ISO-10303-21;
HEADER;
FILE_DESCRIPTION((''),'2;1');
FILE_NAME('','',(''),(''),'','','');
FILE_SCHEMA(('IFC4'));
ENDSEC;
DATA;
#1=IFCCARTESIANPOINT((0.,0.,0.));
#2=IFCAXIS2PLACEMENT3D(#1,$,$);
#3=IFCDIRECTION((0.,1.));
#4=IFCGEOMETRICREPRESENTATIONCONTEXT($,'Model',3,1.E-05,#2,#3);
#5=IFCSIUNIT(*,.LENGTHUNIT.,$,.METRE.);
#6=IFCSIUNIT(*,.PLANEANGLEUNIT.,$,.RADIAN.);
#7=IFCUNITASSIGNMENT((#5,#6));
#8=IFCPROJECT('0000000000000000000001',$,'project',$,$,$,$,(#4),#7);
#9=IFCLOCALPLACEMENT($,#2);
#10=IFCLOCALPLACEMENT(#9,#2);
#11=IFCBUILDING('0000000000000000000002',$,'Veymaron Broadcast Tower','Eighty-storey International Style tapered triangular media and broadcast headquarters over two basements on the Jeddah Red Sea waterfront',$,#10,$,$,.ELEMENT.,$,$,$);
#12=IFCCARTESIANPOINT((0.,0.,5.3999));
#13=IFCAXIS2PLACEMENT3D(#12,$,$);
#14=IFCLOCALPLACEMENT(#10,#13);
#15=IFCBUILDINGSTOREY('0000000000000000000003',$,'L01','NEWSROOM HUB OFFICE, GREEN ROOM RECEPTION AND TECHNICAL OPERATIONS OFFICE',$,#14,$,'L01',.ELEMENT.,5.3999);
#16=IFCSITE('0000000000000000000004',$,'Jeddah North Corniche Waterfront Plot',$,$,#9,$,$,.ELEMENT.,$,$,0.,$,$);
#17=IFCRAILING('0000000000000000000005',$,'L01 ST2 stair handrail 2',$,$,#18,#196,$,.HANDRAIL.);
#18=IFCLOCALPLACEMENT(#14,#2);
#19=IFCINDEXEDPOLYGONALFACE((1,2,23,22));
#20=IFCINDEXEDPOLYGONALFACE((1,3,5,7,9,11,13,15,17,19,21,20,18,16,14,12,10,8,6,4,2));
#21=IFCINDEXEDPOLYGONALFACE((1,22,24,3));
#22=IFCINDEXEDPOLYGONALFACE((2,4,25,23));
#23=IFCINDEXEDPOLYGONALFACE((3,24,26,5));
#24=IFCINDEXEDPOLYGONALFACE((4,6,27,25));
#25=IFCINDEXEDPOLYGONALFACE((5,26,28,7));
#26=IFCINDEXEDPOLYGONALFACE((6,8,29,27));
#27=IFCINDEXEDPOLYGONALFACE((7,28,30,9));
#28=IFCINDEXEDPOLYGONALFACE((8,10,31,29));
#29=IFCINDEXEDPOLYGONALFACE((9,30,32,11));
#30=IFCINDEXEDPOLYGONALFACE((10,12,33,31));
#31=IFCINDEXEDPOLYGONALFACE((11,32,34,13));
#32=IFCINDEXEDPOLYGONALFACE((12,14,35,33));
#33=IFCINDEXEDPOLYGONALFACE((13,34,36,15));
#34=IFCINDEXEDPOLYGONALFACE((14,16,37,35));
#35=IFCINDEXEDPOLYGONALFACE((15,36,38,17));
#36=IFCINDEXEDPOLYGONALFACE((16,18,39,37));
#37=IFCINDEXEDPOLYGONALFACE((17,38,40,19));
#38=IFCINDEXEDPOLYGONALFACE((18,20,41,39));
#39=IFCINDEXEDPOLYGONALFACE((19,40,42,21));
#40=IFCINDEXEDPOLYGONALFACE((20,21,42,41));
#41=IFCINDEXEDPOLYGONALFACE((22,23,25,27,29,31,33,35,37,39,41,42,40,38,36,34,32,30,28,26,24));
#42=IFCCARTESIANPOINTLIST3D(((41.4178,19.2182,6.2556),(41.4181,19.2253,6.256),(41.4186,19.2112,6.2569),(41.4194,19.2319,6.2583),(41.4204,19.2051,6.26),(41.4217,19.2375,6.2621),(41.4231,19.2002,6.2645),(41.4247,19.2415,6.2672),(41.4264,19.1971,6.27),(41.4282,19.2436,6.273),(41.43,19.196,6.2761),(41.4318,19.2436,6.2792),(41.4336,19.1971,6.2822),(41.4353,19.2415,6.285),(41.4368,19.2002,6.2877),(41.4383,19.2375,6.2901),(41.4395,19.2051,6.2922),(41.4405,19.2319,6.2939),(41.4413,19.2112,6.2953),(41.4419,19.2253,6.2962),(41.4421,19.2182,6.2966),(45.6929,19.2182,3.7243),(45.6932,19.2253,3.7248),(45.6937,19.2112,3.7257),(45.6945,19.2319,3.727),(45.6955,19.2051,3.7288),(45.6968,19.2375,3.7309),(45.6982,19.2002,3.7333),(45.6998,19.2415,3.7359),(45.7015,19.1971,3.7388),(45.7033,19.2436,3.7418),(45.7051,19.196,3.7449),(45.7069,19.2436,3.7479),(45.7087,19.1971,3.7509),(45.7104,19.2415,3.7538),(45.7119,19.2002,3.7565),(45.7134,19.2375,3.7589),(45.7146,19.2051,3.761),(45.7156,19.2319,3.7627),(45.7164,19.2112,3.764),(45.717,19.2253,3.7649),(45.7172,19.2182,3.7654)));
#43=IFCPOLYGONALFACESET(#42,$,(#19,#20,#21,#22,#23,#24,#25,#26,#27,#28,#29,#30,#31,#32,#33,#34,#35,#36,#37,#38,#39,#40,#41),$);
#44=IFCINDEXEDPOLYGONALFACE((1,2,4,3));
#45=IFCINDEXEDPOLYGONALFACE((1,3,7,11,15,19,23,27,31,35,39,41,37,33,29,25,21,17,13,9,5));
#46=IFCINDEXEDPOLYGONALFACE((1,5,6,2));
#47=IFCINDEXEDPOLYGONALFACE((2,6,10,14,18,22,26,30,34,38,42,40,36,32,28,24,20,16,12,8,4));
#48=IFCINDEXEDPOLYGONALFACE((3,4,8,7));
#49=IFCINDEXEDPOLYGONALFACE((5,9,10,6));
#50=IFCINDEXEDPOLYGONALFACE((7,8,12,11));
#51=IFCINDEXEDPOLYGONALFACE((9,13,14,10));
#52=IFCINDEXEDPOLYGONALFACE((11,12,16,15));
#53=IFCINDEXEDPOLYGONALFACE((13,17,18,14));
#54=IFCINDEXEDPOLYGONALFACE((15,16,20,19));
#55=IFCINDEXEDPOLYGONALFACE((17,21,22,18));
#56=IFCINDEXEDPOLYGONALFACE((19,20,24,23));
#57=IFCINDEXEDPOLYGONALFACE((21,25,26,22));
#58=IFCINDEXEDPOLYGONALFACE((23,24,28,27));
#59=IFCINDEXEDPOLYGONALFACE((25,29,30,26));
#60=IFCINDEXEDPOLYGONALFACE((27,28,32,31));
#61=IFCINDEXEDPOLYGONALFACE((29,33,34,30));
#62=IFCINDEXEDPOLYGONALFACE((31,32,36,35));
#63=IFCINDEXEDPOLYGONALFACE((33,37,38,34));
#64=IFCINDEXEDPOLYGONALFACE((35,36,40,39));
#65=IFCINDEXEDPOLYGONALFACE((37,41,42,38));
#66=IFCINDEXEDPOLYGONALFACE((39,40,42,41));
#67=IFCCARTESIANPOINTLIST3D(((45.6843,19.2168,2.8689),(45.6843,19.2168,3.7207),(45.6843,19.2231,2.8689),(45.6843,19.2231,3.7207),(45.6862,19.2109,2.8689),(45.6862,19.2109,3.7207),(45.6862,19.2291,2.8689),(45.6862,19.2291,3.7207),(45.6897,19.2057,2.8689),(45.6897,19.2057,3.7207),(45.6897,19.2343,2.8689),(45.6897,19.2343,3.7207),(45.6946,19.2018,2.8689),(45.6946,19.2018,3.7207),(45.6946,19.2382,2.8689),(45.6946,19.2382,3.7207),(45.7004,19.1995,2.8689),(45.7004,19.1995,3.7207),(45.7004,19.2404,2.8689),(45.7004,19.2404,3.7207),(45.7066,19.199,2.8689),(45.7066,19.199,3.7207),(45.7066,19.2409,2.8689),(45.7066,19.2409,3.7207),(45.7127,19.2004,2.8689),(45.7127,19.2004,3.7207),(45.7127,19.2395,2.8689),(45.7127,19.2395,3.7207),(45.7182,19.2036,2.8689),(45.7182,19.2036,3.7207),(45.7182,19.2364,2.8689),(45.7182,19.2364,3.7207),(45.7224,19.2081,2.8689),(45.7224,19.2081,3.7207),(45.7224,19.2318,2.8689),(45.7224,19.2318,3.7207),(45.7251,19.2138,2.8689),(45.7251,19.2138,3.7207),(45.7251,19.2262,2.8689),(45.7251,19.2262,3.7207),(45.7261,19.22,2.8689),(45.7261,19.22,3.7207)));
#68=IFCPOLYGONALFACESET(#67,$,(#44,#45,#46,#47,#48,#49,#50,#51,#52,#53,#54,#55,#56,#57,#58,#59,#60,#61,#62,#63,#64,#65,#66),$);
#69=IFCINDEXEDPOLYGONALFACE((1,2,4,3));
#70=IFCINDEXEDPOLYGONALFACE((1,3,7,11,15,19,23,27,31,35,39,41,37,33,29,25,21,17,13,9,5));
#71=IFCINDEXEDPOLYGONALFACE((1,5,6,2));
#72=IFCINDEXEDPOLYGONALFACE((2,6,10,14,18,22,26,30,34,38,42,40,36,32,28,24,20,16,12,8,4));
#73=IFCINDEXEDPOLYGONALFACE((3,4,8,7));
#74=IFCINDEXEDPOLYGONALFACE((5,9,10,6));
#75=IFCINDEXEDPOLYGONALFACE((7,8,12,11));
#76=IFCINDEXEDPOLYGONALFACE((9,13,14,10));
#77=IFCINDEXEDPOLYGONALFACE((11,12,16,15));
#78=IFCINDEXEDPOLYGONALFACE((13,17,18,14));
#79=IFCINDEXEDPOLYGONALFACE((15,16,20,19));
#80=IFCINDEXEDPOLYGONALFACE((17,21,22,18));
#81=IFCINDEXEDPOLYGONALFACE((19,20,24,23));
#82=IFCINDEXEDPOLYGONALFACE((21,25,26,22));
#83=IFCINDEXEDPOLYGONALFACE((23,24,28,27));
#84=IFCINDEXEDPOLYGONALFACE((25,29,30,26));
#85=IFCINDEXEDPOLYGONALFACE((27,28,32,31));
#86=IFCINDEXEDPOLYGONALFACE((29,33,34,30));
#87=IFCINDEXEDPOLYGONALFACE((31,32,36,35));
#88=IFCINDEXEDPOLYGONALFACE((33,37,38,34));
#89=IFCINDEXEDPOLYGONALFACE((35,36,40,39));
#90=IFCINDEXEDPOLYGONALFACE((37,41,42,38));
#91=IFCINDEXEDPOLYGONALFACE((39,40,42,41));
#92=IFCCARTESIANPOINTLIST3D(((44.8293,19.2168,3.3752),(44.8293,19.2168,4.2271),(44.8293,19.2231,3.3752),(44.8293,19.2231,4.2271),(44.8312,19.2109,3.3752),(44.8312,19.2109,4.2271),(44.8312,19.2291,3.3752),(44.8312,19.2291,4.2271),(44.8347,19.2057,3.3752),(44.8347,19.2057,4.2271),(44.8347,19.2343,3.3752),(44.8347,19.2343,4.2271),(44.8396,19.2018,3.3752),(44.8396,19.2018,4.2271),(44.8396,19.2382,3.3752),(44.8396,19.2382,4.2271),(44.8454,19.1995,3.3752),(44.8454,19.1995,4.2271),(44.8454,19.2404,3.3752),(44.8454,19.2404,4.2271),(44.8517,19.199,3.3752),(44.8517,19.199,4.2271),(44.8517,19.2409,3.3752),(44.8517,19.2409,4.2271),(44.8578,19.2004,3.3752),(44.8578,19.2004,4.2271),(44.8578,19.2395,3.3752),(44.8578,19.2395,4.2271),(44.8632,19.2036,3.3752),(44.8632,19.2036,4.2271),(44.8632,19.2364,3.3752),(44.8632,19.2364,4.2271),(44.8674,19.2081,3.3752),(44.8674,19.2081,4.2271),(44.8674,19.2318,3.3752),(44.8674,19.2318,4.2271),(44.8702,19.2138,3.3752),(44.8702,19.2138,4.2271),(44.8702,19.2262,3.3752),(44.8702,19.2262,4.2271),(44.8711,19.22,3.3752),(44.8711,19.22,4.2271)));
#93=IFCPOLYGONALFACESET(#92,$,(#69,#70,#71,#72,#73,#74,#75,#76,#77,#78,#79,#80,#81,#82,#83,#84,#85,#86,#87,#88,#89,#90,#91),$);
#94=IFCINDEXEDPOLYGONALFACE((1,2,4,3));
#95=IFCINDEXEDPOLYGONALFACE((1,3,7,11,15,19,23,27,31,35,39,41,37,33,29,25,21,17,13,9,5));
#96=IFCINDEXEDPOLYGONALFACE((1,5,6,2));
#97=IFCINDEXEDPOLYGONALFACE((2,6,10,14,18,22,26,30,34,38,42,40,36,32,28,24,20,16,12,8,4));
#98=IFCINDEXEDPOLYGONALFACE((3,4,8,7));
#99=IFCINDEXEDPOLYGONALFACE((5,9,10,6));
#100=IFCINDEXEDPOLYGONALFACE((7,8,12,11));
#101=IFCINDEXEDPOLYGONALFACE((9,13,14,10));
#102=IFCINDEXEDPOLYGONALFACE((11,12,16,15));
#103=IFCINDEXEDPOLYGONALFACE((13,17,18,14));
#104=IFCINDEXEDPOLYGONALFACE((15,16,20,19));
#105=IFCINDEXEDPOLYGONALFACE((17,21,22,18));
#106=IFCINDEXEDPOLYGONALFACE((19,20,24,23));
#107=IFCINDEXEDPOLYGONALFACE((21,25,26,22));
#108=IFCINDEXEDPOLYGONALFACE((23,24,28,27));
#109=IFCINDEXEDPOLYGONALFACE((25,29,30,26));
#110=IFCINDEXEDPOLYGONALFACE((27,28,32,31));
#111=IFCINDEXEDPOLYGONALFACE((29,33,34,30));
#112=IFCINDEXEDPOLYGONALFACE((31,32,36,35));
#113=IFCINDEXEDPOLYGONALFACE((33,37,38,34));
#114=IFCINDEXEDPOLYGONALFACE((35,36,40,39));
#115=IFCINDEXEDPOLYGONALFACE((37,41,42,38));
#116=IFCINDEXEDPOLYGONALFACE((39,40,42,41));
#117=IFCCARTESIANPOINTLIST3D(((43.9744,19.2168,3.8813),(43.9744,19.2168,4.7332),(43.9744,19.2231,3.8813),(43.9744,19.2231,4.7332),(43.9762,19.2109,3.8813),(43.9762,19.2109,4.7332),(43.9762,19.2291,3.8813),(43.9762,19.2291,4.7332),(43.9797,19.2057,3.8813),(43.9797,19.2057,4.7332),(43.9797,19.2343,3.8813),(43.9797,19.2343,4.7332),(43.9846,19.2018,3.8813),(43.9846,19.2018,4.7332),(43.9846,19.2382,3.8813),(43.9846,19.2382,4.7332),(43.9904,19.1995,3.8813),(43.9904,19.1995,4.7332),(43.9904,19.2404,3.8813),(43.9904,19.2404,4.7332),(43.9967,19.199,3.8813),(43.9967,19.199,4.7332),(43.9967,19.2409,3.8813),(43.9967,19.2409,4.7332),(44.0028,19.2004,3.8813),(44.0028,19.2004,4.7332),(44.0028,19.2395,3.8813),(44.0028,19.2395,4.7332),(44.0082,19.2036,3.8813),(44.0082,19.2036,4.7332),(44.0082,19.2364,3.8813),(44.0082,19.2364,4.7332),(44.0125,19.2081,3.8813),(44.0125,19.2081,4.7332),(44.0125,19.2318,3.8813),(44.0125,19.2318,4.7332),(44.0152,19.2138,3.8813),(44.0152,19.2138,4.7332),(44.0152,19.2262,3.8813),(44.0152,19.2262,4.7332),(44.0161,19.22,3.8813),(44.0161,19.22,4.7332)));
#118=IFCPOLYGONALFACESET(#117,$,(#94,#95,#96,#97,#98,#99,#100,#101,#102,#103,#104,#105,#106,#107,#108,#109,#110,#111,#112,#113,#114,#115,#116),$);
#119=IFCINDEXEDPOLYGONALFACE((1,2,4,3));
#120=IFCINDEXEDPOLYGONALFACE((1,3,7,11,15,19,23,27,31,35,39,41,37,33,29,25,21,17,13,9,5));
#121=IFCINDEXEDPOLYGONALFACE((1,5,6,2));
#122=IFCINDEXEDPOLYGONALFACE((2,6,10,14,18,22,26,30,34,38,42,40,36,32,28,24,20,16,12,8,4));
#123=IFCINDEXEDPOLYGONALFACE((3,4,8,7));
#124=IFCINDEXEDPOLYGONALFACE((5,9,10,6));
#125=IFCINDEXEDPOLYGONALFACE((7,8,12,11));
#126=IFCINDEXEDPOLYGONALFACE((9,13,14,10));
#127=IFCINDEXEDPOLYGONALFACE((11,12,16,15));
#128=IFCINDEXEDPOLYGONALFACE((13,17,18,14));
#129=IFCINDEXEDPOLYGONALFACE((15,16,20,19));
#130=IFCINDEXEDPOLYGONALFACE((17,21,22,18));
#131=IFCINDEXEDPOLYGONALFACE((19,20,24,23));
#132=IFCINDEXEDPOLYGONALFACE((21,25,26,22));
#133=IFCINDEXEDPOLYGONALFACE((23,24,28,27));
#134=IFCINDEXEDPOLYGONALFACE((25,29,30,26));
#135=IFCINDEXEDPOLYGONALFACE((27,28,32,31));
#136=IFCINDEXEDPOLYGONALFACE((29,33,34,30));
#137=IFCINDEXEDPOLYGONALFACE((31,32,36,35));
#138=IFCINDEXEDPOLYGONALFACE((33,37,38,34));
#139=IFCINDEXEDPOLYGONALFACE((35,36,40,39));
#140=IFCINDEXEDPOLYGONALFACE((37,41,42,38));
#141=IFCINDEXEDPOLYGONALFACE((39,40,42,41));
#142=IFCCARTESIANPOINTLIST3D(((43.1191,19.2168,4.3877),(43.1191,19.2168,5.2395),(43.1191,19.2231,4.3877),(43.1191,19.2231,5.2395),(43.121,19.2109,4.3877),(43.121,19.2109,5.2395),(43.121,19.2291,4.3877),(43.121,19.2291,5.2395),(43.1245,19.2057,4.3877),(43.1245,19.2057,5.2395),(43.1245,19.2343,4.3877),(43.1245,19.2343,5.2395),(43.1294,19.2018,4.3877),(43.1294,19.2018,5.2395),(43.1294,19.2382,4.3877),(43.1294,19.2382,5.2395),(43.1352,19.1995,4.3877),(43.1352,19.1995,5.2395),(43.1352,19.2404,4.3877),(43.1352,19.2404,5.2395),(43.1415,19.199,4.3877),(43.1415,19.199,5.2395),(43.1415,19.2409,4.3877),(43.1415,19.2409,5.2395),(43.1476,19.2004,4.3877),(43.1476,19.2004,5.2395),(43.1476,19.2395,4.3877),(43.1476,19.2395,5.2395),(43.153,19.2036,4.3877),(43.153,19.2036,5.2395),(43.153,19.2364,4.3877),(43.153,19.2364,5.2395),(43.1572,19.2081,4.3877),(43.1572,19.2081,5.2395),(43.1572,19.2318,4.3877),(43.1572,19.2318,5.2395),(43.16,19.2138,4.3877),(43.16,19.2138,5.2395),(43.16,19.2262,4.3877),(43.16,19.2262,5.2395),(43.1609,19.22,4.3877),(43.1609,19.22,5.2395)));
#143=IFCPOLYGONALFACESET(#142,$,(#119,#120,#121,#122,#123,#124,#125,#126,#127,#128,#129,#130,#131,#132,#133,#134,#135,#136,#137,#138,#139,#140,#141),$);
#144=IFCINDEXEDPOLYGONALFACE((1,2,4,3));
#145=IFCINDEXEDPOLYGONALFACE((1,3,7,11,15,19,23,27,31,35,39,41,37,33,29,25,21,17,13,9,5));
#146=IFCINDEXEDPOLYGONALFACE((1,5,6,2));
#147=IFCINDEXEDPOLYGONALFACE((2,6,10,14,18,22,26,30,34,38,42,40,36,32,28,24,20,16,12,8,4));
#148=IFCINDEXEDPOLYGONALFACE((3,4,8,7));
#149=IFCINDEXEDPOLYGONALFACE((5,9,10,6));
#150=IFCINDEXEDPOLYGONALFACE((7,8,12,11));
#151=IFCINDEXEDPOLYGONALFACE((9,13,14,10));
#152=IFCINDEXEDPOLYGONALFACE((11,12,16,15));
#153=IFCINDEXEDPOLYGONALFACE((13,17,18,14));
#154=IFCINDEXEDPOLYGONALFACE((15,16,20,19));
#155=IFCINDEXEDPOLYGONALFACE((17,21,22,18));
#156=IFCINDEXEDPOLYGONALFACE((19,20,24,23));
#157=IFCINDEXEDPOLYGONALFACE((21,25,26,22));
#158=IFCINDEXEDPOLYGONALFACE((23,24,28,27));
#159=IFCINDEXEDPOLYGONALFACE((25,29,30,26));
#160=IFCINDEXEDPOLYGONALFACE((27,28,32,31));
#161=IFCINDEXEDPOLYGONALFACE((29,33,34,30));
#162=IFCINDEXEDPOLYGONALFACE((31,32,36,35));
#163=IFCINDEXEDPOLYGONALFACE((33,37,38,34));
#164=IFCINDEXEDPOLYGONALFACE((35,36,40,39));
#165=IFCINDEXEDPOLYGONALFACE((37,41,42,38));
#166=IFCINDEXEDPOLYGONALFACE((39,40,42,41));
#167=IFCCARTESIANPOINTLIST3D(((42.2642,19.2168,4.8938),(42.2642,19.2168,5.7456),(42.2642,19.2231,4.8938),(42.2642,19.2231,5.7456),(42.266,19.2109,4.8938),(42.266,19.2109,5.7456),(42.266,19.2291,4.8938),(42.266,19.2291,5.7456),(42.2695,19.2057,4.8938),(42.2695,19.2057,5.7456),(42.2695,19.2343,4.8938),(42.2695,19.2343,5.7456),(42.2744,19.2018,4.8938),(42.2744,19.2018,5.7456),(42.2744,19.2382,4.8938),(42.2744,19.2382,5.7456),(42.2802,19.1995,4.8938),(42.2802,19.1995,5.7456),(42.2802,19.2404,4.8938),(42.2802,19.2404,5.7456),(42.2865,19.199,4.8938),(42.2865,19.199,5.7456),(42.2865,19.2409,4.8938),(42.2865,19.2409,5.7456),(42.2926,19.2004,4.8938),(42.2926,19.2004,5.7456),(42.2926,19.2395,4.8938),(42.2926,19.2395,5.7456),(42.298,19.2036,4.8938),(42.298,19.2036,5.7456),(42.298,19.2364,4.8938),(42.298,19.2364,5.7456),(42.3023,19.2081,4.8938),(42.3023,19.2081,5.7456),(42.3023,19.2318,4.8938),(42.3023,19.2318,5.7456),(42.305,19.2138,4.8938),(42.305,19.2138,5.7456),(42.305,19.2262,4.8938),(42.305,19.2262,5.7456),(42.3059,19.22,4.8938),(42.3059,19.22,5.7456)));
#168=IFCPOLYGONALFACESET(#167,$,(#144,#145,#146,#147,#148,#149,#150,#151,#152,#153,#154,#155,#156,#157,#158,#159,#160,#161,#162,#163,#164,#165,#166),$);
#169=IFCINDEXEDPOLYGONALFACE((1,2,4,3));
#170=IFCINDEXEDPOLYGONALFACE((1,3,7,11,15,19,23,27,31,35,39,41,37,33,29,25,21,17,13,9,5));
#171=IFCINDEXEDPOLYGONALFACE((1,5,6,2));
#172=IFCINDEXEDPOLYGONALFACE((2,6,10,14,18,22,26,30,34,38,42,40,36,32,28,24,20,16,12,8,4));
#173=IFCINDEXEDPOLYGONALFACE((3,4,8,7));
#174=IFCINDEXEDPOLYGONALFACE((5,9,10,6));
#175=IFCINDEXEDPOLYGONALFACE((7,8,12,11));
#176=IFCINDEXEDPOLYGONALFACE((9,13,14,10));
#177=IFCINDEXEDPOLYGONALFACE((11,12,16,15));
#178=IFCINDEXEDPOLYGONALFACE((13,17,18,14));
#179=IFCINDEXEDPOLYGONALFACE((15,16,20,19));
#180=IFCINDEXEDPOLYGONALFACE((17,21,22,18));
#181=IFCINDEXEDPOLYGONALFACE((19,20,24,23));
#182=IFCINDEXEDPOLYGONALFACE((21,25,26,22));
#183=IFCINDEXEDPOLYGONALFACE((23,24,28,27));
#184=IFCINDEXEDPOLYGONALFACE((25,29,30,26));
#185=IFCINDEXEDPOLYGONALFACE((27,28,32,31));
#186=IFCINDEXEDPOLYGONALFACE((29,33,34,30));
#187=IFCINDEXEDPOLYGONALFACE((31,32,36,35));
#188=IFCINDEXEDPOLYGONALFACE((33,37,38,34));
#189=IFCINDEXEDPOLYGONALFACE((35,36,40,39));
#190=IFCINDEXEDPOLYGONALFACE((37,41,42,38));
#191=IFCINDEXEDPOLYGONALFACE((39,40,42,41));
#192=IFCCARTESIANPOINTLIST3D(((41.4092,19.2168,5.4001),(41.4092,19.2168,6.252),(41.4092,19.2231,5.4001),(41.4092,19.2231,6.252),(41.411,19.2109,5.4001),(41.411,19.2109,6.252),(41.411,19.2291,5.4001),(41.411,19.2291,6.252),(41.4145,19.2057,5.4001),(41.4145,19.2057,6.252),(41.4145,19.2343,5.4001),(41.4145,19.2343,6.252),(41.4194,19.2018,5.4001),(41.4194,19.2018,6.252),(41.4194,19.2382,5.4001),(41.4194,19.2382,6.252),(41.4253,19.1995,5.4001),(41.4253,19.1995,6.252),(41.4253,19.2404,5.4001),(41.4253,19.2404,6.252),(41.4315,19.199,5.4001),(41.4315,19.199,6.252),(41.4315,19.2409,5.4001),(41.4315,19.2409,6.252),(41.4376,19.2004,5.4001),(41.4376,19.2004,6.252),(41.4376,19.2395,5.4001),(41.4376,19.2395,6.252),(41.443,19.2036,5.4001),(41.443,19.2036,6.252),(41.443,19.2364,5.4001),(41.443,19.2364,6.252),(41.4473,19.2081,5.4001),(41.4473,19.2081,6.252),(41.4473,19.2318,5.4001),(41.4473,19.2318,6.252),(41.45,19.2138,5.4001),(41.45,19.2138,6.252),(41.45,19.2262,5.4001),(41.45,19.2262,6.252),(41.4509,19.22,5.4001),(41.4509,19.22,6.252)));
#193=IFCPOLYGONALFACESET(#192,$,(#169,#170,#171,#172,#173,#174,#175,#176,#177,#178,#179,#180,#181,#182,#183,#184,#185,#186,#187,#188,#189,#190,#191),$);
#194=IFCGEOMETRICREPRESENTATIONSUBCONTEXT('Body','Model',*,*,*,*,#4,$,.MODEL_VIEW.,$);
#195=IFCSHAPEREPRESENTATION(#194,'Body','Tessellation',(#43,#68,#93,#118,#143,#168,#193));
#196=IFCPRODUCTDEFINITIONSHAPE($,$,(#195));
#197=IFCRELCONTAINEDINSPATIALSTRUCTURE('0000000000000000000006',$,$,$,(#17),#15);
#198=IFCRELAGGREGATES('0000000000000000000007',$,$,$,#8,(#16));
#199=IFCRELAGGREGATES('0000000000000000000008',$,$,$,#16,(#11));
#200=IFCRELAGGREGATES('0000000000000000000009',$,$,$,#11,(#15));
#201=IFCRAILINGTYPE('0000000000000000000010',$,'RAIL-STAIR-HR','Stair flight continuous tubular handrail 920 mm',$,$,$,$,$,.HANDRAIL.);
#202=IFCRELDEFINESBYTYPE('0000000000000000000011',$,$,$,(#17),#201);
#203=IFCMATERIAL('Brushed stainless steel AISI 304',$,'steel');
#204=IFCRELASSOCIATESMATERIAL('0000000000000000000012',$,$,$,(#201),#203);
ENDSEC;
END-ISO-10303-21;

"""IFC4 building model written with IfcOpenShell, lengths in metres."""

from ifc_helpers import new_model, si_unit, direction, frame, origin, origin_2d, place, context, subcontext, project, spatial, circle, extrude, material, type_object, element, save


model = new_model("IFC4")

# Units and contexts
model_context = context("Model", 3, precision=1e-05, world=origin(), true_north=direction((0.0, 1.0)))
body_context = subcontext(model_context, "Body", "Model", "MODEL_VIEW")
ifc_project = project(units=[si_unit("LENGTHUNIT", "METRE"), si_unit("PLANEANGLEUNIT", "RADIAN")], contexts=[model_context])

# Site, building, storey
site_placement = place(None, origin())
site = spatial("IfcSite", under=ifc_project, at=site_placement, Name="Jeddah North Corniche Waterfront Plot", CompositionType="ELEMENT", RefElevation=0.0)
building_placement = place(site_placement, origin())
building = spatial("IfcBuilding", under=site, at=building_placement, Name="Veymaron Broadcast Tower", Description="Eighty-storey International Style tapered triangular media and broadcast headquarters over two basements on the Jeddah Red Sea waterfront", CompositionType="ELEMENT")
storey_placement = place(building_placement, frame((0.0, 0.0, 5.3999)))
storey = spatial("IfcBuildingStorey", under=building, at=storey_placement, Name="L01", Description="NEWSROOM HUB OFFICE, GREEN ROOM RECEPTION AND TECHNICAL OPERATIONS OFFICE", LongName="L01", CompositionType="ELEMENT", Elevation=5.3999)

# Shared definitions
ifc_material_1 = material(Name="Brushed stainless steel AISI 304", Category="steel")

# Railing
railing_type_1 = type_object("IfcRailingType", Name="RAIL-STAIR-HR", Description="Stair flight continuous tubular handrail 920 mm", PredefinedType="HANDRAIL", material=ifc_material_1)
railing_1_placement = place(storey_placement, frame((45.7051, 19.22, 2.8689)))
element("IfcRailing", 1, at=railing_1_placement, inside=storey, type_object=railing_type_1, Name="L01 ST2 stair handrail 2", PredefinedType="HANDRAIL", context=body_context, shape_type="SweptSolid", body=[
    extrude(circle(Radius=0.0239, at=origin_2d()), frame((0.0, 0.0, 0.876), z_axis=(-0.860483, 0.0, 0.509479), x_axis=(0.0, -1.0, 0.0)), (0.0, 0.0, 1.0), 4.9683),
    extrude(circle(Radius=0.021, at=origin_2d()), origin(), (0.0, 0.0, 1.0), 0.8518),
    extrude(circle(Radius=0.021, at=origin_2d()), frame((-0.855, 0.0, 0.5063)), (0.0, 0.0, 1.0), 0.8518),
    extrude(circle(Radius=0.021, at=origin_2d()), frame((-1.71, 0.0, 1.0125)), (0.0, 0.0, 1.0), 0.8518),
    extrude(circle(Radius=0.021, at=origin_2d()), frame((-2.5652, 0.0, 1.5188)), (0.0, 0.0, 1.0), 0.8518),
    extrude(circle(Radius=0.021, at=origin_2d()), frame((-3.4202, 0.0, 2.0249)), (0.0, 0.0, 1.0), 0.8518),
    extrude(circle(Radius=0.021, at=origin_2d()), frame((-4.2751, 0.0, 2.5312)), (0.0, 0.0, 1.0), 0.8518),
])

save(model, "model.ifc")
